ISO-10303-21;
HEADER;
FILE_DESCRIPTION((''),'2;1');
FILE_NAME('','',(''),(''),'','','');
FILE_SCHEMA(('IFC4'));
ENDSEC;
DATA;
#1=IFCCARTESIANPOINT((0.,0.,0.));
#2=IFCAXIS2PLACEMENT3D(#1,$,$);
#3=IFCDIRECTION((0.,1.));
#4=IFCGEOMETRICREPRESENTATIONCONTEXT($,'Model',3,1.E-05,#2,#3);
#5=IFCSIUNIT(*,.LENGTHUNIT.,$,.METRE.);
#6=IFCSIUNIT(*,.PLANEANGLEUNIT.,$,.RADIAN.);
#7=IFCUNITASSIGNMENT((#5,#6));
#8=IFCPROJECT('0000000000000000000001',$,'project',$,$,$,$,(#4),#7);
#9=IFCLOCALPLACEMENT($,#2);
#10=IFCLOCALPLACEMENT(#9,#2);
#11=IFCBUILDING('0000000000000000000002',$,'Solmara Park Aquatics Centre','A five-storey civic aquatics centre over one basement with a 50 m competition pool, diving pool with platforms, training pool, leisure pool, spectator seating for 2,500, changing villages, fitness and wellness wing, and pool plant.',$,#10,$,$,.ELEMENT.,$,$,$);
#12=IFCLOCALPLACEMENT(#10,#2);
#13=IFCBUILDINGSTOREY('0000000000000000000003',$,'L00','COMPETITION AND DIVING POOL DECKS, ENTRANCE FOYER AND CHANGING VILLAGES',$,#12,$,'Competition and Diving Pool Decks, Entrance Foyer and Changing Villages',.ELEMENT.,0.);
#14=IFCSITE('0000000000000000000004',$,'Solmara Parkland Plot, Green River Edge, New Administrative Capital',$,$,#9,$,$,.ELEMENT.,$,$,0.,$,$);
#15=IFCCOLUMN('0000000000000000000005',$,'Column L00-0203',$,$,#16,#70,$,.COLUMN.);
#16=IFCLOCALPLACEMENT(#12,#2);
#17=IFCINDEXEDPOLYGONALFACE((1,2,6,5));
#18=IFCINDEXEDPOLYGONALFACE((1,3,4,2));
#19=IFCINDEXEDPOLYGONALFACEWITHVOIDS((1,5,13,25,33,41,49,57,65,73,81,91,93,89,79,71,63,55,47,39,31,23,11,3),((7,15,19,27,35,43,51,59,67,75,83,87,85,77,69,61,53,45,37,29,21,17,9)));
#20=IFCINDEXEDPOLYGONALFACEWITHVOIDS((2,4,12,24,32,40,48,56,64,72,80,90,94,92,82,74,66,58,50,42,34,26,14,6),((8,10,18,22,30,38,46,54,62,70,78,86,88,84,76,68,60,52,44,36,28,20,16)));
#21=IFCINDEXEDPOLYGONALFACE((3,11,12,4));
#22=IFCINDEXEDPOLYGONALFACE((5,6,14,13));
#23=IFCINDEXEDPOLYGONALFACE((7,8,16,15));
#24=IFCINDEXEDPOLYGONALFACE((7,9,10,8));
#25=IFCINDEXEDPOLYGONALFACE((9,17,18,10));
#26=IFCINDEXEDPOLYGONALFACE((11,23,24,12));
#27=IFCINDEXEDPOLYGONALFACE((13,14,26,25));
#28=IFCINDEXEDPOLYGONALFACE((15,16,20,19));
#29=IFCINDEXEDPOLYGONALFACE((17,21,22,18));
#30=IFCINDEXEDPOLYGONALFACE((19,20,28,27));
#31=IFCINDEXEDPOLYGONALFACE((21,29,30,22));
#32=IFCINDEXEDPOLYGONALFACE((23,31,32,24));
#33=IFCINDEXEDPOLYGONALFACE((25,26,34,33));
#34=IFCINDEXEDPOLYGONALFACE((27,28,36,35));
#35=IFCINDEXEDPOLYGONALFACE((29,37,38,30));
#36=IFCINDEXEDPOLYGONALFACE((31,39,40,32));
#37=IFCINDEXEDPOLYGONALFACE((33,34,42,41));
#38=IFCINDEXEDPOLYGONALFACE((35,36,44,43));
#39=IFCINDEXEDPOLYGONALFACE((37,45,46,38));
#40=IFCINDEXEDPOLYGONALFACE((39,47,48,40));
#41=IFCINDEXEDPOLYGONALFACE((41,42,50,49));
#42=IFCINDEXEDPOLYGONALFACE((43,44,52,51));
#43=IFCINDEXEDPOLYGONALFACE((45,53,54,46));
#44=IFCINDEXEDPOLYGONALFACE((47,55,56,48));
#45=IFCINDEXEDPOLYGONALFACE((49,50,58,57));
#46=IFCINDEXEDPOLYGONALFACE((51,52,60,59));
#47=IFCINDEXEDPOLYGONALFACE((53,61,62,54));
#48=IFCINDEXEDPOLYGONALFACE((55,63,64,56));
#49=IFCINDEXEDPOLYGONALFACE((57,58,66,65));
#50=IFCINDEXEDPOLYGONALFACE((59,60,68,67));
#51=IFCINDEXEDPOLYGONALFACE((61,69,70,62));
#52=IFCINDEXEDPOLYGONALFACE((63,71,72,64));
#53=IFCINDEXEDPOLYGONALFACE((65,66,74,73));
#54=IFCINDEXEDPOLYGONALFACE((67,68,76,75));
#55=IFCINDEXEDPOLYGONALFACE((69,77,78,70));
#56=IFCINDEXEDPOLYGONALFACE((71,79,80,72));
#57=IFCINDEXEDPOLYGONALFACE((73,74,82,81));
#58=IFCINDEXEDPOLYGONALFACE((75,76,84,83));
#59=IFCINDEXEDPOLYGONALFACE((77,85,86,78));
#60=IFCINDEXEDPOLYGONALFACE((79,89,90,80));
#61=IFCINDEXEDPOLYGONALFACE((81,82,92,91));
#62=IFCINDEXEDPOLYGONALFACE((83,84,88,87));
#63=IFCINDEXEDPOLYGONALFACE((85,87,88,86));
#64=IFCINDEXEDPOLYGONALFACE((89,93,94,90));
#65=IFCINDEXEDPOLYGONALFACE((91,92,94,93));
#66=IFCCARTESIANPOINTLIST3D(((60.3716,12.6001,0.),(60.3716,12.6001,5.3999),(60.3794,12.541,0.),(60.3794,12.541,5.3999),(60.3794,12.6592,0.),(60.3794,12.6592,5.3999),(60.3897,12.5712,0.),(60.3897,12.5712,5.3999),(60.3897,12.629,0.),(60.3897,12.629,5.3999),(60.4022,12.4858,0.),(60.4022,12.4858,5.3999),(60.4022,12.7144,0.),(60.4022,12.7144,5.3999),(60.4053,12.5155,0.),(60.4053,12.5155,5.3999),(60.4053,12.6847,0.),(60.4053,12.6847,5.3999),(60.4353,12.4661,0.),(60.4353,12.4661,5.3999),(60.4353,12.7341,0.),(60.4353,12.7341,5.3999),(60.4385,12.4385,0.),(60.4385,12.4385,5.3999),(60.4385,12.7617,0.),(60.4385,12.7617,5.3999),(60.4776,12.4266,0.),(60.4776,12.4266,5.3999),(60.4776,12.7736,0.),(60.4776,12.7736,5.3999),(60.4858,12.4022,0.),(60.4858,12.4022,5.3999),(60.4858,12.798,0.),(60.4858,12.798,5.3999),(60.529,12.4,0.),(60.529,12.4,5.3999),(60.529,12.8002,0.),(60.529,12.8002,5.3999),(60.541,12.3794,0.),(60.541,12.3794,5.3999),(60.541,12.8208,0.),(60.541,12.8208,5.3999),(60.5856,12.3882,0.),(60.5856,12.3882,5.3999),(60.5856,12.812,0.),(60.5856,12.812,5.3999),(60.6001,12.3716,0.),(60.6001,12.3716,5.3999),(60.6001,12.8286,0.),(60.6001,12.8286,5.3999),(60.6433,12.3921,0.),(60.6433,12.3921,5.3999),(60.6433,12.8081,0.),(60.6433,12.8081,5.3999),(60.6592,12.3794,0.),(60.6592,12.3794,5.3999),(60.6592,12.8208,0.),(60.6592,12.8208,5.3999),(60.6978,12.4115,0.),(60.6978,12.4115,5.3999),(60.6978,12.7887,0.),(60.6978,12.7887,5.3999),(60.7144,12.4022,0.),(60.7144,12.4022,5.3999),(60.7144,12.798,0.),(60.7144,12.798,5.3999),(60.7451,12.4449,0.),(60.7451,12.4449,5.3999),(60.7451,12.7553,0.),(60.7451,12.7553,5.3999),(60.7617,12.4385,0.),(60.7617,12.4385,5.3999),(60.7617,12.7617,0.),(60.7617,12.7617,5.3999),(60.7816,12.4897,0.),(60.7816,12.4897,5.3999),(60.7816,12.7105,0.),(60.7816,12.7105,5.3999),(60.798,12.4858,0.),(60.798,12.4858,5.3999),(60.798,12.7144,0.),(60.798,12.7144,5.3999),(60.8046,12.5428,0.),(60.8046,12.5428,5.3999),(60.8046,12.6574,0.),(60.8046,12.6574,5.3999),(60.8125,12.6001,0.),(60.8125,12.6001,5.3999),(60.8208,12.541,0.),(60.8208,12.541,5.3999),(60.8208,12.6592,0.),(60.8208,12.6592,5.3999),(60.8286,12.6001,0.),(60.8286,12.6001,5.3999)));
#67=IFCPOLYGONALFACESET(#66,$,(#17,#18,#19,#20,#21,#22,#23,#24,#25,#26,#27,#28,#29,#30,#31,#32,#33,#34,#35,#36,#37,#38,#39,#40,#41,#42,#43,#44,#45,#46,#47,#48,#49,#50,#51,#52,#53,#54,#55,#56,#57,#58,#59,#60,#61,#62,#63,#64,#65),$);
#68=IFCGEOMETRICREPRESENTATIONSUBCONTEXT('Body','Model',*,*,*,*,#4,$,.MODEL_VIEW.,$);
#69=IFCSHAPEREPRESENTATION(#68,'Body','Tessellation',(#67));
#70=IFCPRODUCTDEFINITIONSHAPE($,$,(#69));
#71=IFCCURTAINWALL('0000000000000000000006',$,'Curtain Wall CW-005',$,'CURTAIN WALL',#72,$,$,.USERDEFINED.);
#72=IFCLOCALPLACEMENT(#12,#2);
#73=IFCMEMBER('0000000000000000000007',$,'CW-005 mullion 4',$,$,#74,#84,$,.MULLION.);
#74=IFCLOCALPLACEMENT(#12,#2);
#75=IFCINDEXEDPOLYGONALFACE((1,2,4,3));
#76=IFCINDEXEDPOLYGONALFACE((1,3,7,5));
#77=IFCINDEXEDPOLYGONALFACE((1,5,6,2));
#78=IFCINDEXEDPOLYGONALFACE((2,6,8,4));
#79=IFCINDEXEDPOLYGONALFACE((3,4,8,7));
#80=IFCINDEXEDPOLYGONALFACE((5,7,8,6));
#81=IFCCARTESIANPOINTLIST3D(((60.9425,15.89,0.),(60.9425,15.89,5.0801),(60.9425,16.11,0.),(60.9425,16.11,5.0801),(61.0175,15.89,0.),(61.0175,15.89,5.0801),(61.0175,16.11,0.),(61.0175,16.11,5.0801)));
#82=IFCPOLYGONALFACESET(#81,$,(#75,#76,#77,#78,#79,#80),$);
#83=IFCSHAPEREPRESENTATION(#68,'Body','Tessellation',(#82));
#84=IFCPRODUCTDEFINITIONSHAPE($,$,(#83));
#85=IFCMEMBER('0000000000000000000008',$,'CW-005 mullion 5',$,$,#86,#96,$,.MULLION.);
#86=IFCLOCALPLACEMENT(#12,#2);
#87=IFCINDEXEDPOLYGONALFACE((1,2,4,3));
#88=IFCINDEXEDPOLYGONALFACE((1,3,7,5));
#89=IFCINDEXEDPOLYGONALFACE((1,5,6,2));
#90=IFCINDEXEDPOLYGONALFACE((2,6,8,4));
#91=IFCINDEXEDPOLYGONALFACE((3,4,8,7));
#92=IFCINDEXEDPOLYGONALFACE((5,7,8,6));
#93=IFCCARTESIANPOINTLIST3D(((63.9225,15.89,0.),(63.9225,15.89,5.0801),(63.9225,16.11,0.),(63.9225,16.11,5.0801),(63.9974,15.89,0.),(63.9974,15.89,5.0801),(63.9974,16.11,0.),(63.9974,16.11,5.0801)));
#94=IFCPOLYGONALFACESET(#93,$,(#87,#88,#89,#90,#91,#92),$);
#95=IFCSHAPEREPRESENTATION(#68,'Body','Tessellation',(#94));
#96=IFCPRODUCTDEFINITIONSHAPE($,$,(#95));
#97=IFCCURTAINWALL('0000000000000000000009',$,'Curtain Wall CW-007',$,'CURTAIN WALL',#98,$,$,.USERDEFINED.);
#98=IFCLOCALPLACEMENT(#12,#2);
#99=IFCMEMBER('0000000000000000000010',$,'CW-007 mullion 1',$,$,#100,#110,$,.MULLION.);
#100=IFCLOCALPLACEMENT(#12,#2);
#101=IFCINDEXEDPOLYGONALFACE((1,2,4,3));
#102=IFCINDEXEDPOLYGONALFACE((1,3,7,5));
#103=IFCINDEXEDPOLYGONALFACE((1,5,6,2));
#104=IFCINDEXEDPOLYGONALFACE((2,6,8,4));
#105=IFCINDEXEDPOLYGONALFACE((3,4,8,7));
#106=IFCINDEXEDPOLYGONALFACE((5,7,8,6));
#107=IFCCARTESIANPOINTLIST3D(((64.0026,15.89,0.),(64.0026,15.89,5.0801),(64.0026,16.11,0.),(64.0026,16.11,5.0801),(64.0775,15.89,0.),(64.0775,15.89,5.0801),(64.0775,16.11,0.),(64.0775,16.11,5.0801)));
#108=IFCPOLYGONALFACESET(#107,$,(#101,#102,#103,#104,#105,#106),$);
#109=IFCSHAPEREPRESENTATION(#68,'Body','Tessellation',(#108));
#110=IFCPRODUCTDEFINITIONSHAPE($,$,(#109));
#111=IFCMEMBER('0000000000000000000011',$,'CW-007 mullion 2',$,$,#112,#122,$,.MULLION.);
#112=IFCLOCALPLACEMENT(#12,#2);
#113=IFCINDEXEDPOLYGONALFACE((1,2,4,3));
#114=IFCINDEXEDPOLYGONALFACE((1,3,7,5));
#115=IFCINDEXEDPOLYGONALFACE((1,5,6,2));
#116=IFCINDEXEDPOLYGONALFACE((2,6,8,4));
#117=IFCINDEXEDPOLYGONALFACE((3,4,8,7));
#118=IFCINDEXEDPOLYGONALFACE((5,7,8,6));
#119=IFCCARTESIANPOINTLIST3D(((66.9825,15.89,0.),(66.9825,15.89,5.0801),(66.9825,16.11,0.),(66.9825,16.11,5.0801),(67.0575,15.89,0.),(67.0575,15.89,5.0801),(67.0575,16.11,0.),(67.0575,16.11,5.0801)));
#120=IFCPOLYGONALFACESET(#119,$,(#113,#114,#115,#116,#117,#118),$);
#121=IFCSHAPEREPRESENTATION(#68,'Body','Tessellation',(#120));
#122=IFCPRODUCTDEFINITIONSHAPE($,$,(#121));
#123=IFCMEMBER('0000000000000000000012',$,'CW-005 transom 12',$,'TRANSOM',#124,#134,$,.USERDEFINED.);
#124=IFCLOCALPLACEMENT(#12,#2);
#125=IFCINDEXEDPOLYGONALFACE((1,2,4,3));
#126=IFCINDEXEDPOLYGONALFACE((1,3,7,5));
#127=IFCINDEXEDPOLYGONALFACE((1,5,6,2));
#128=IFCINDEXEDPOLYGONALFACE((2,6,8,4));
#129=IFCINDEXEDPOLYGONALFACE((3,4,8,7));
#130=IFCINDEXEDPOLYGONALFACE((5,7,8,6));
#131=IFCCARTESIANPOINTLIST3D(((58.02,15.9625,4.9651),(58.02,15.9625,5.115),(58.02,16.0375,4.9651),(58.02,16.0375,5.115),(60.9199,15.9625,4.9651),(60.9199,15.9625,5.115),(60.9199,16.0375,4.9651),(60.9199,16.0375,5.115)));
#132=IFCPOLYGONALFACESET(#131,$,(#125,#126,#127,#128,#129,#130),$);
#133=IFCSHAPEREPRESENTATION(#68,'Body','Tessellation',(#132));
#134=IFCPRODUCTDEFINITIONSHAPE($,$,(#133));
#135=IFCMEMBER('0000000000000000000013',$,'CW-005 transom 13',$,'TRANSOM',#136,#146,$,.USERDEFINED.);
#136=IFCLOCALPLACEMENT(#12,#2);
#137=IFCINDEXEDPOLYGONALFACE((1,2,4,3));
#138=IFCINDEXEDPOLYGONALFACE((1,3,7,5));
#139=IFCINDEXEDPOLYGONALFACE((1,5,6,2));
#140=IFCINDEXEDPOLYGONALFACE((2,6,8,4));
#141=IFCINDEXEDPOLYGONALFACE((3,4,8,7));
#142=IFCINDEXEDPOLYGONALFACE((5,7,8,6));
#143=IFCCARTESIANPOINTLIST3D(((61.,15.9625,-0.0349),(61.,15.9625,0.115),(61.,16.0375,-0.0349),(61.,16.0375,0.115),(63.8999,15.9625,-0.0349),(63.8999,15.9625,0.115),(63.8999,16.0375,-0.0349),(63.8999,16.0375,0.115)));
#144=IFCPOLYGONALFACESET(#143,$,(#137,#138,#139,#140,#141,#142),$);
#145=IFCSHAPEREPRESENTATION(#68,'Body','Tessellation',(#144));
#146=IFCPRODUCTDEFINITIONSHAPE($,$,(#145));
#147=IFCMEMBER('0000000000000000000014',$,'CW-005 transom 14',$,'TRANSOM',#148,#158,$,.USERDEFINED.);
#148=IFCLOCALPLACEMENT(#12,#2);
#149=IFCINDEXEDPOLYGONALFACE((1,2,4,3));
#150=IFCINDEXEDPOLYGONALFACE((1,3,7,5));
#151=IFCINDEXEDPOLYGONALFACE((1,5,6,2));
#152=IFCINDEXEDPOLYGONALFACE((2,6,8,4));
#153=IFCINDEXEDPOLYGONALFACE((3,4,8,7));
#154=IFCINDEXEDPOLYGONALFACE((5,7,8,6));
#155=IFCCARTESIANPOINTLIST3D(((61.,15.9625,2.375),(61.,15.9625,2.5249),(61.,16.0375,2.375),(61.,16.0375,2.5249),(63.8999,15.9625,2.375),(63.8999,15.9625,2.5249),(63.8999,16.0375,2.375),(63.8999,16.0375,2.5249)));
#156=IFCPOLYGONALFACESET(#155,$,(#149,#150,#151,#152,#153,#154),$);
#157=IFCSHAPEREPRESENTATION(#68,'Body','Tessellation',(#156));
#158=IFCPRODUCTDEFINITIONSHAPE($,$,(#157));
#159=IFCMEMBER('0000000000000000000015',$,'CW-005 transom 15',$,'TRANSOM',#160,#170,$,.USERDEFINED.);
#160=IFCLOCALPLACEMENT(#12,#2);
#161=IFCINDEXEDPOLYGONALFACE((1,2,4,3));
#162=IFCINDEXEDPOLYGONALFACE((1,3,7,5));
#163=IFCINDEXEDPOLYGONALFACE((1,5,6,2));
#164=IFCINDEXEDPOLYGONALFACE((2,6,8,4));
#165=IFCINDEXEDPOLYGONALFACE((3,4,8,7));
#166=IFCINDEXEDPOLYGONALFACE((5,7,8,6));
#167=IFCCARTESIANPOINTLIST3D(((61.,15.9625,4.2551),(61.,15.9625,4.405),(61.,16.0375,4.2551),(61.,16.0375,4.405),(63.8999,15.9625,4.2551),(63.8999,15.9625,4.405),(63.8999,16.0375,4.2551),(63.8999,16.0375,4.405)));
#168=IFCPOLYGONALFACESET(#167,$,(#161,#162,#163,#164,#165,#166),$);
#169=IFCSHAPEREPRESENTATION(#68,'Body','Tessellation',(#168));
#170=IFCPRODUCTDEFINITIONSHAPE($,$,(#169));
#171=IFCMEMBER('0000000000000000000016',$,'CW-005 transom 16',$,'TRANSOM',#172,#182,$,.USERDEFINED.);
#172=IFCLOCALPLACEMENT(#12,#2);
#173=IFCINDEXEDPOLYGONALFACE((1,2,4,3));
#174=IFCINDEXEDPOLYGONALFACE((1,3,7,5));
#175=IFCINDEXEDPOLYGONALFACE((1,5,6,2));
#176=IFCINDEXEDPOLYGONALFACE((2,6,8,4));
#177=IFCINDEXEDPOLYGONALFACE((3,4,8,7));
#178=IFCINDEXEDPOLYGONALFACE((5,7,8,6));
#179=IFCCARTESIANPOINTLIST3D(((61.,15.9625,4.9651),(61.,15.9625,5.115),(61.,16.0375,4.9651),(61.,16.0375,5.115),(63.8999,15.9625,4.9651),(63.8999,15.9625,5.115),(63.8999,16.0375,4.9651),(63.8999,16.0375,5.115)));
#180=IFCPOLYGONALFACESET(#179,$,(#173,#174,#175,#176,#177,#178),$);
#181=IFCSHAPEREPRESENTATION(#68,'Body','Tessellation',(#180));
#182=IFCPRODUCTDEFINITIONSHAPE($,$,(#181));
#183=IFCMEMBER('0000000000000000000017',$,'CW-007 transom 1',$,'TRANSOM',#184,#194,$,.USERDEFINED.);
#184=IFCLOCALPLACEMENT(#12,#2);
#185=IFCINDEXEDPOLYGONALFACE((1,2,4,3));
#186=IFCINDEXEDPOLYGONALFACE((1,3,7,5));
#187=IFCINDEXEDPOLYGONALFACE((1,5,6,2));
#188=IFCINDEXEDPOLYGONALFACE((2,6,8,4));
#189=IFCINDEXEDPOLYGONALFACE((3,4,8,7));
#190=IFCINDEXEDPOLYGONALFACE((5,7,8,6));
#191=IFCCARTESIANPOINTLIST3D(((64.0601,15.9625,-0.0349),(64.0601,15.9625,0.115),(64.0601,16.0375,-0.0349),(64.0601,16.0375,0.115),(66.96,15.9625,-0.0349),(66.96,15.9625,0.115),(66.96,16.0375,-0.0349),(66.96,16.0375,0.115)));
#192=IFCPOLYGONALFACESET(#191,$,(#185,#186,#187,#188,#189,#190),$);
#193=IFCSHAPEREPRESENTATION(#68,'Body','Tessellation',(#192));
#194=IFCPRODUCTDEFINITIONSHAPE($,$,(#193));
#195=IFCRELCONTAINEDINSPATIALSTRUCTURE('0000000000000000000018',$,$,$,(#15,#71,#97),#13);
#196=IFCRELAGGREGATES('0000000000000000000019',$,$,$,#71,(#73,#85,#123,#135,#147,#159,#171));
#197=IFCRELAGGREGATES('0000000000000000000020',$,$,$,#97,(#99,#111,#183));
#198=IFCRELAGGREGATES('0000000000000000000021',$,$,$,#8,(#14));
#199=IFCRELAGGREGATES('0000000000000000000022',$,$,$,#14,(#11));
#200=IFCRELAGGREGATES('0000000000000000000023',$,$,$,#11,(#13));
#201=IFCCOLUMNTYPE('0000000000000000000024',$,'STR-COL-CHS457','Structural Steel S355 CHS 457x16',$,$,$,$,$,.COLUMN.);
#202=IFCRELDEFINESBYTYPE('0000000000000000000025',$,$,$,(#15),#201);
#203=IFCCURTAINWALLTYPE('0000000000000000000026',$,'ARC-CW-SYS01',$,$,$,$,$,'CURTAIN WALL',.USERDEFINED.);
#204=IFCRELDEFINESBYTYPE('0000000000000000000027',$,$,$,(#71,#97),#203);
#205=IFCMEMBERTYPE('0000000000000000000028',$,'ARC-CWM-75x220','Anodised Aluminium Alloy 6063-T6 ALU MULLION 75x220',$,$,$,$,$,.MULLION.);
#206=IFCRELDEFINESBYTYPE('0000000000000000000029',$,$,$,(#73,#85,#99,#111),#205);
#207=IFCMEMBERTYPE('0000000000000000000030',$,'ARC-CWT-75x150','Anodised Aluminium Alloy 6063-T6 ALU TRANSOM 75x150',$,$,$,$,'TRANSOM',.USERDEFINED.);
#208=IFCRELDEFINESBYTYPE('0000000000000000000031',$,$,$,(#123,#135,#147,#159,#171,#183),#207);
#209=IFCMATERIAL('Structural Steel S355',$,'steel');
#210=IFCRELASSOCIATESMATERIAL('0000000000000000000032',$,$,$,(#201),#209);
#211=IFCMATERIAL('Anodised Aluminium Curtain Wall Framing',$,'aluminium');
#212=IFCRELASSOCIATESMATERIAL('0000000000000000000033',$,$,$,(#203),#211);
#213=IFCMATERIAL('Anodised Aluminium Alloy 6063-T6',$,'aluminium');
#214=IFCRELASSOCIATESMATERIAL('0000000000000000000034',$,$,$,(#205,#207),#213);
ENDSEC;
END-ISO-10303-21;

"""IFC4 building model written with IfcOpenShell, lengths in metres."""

from ifc_helpers import new_model, si_unit, direction, frame, origin, origin_2d, place, context, subcontext, project, spatial, rectangle, hollow_circle, extrude, material, material_profile, profile_set, type_object, element, aggregate, save


model = new_model("IFC4")

# Units and contexts
model_context = context("Model", 3, precision=1e-05, world=origin(), true_north=direction((0.0, 1.0)))
body_context = subcontext(model_context, "Body", "Model", "MODEL_VIEW")
ifc_project = project(units=[si_unit("LENGTHUNIT", "METRE"), si_unit("PLANEANGLEUNIT", "RADIAN")], contexts=[model_context])

# Site, building, storey
site_placement = place(None, origin())
site = spatial("IfcSite", under=ifc_project, at=site_placement, Name="Solmara Parkland Plot, Green River Edge, New Administrative Capital", CompositionType="ELEMENT", RefElevation=0.0)
building_placement = place(site_placement, origin())
building = spatial("IfcBuilding", under=site, at=building_placement, Name="Solmara Park Aquatics Centre", Description="A five-storey civic aquatics centre over one basement with a 50 m competition pool, diving pool with platforms, training pool, leisure pool, spectator seating for 2,500, changing villages, fitness and wellness wing, and pool plant.", CompositionType="ELEMENT")
storey_placement = place(building_placement, origin())
storey = spatial("IfcBuildingStorey", under=building, at=storey_placement, Name="L00", Description="COMPETITION AND DIVING POOL DECKS, ENTRANCE FOYER AND CHANGING VILLAGES", LongName="Competition and Diving Pool Decks, Entrance Foyer and Changing Villages", CompositionType="ELEMENT", Elevation=0.0)

# Column
ifc_material_1 = material(Name="Structural Steel S355", Category="steel")
ifc_material_profile_1 = material_profile(ifc_material_1, hollow_circle(Radius=0.2285, WallThickness=0.0161, at=origin_2d()), Name="CHS 457x16")
ifc_profile_set_1 = profile_set([ifc_material_profile_1], Name="Structural Steel S355")
column_type = type_object("IfcColumnType", Name="STR-COL-CHS457", Description="Structural Steel S355 CHS 457x16", PredefinedType="COLUMN", material=ifc_profile_set_1)
column_placement = place(storey_placement, frame((60.6001, 12.6001, 0.0), z_axis=(0.0, 0.0, 1.0), x_axis=(1.0, 0.0, 0.0)))
element("IfcColumn", 1, at=column_placement, inside=storey, type_object=column_type, Name="Column L00-0203", PredefinedType="COLUMN", context=body_context, shape_type="SweptSolid", body=[
    extrude(hollow_circle(Radius=0.2285, WallThickness=0.0161, at=origin_2d()), origin(), (0.0, 0.0, 1.0), 5.3999),
])

# Curtain walls, members
ifc_material_2 = material(Name="Anodised Aluminium Curtain Wall Framing", Category="aluminium")
curtain_wall_type = type_object("IfcCurtainWallType", Name="ARC-CW-SYS01", ElementType="CURTAIN WALL", PredefinedType="USERDEFINED", material=ifc_material_2)
curtain_wall_1_placement = place(storey_placement, origin())
curtain_wall_1 = element("IfcCurtainWall", 2, at=curtain_wall_1_placement, inside=storey, type_object=curtain_wall_type, Name="Curtain Wall CW-005", ObjectType="CURTAIN WALL", PredefinedType="USERDEFINED")
ifc_material_3 = material(Name="Anodised Aluminium Alloy 6063-T6", Category="aluminium")
ifc_material_profile_2 = material_profile(ifc_material_3, rectangle(XDim=0.075, YDim=0.22, at=origin_2d()), Name="ALU MULLION 75x220")
ifc_profile_set_2 = profile_set([ifc_material_profile_2], Name="Anodised Aluminium Alloy 6063-T6")
member_type_1 = type_object("IfcMemberType", Name="ARC-CWM-75x220", Description="Anodised Aluminium Alloy 6063-T6 ALU MULLION 75x220", PredefinedType="MULLION", material=ifc_profile_set_2)
member_1_placement = place(storey_placement, frame((60.98, 16.0, 0.0), z_axis=(0.0, 0.0, 1.0), x_axis=(1.0, 0.0, 0.0)))
member_1 = element("IfcMember", 3, at=member_1_placement, type_object=member_type_1, Name="CW-005 mullion 4", PredefinedType="MULLION", context=body_context, shape_type="SweptSolid", body=[
    extrude(rectangle(XDim=0.075, YDim=0.22, at=origin_2d()), origin(), (0.0, 0.0, 1.0), 5.0801),
])
member_2_placement = place(storey_placement, frame((63.96, 16.0, 0.0), z_axis=(0.0, 0.0, 1.0), x_axis=(1.0, 0.0, 0.0)))
member_2 = element("IfcMember", 4, at=member_2_placement, type_object=member_type_1, Name="CW-005 mullion 5", PredefinedType="MULLION", context=body_context, shape_type="SweptSolid", body=[
    extrude(rectangle(XDim=0.075, YDim=0.22, at=origin_2d()), origin(), (0.0, 0.0, 1.0), 5.0801),
])
curtain_wall_2_placement = place(storey_placement, origin())
curtain_wall_2 = element("IfcCurtainWall", 5, at=curtain_wall_2_placement, inside=storey, type_object=curtain_wall_type, Name="Curtain Wall CW-007", ObjectType="CURTAIN WALL", PredefinedType="USERDEFINED")
member_3_placement = place(storey_placement, frame((64.04, 16.0, 0.0), z_axis=(0.0, 0.0, 1.0), x_axis=(1.0, 0.0, 0.0)))
member_3 = element("IfcMember", 6, at=member_3_placement, type_object=member_type_1, Name="CW-007 mullion 1", PredefinedType="MULLION", context=body_context, shape_type="SweptSolid", body=[
    extrude(rectangle(XDim=0.075, YDim=0.22, at=origin_2d()), origin(), (0.0, 0.0, 1.0), 5.0801),
])
member_4_placement = place(storey_placement, frame((67.02, 16.0, 0.0), z_axis=(0.0, 0.0, 1.0), x_axis=(1.0, 0.0, 0.0)))
member_4 = element("IfcMember", 7, at=member_4_placement, type_object=member_type_1, Name="CW-007 mullion 2", PredefinedType="MULLION", context=body_context, shape_type="SweptSolid", body=[
    extrude(rectangle(XDim=0.075, YDim=0.22, at=origin_2d()), origin(), (0.0, 0.0, 1.0), 5.0801),
])

# Members
ifc_material_profile_3 = material_profile(ifc_material_3, rectangle(XDim=0.075, YDim=0.1499, at=origin_2d()), Name="ALU TRANSOM 75x150")
ifc_profile_set_3 = profile_set([ifc_material_profile_3], Name="Anodised Aluminium Alloy 6063-T6")
member_type_2 = type_object("IfcMemberType", Name="ARC-CWT-75x150", Description="Anodised Aluminium Alloy 6063-T6 ALU TRANSOM 75x150", ElementType="TRANSOM", PredefinedType="USERDEFINED", material=ifc_profile_set_3)
member_5_placement = place(storey_placement, frame((58.02, 16.0, 5.04), z_axis=(1.0, 0.0, 0.0), x_axis=(0.0, 1.0, 0.0)))
member_5 = element("IfcMember", 8, at=member_5_placement, type_object=member_type_2, Name="CW-005 transom 12", ObjectType="TRANSOM", PredefinedType="USERDEFINED", context=body_context, shape_type="SweptSolid", body=[
    extrude(rectangle(XDim=0.075, YDim=0.1499, at=origin_2d()), origin(), (0.0, 0.0, 1.0), 2.8999),
])
member_6_placement = place(storey_placement, frame((61.0, 16.0, 0.04), z_axis=(1.0, 0.0, 0.0), x_axis=(0.0, 1.0, 0.0)))
member_6 = element("IfcMember", 9, at=member_6_placement, type_object=member_type_2, Name="CW-005 transom 13", ObjectType="TRANSOM", PredefinedType="USERDEFINED", context=body_context, shape_type="SweptSolid", body=[
    extrude(rectangle(XDim=0.075, YDim=0.1499, at=origin_2d()), origin(), (0.0, 0.0, 1.0), 2.8999),
])
member_7_placement = place(storey_placement, frame((61.0, 16.0, 2.45), z_axis=(1.0, 0.0, 0.0), x_axis=(0.0, 1.0, 0.0)))
member_7 = element("IfcMember", 10, at=member_7_placement, type_object=member_type_2, Name="CW-005 transom 14", ObjectType="TRANSOM", PredefinedType="USERDEFINED", context=body_context, shape_type="SweptSolid", body=[
    extrude(rectangle(XDim=0.075, YDim=0.1499, at=origin_2d()), origin(), (0.0, 0.0, 1.0), 2.8999),
])
member_8_placement = place(storey_placement, frame((61.0, 16.0, 4.3301), z_axis=(1.0, 0.0, 0.0), x_axis=(0.0, 1.0, 0.0)))
member_8 = element("IfcMember", 11, at=member_8_placement, type_object=member_type_2, Name="CW-005 transom 15", ObjectType="TRANSOM", PredefinedType="USERDEFINED", context=body_context, shape_type="SweptSolid", body=[
    extrude(rectangle(XDim=0.075, YDim=0.1499, at=origin_2d()), origin(), (0.0, 0.0, 1.0), 2.8999),
])
member_9_placement = place(storey_placement, frame((61.0, 16.0, 5.04), z_axis=(1.0, 0.0, 0.0), x_axis=(0.0, 1.0, 0.0)))
member_9 = element("IfcMember", 12, at=member_9_placement, type_object=member_type_2, Name="CW-005 transom 16", ObjectType="TRANSOM", PredefinedType="USERDEFINED", context=body_context, shape_type="SweptSolid", body=[
    extrude(rectangle(XDim=0.075, YDim=0.1499, at=origin_2d()), origin(), (0.0, 0.0, 1.0), 2.8999),
])
member_10_placement = place(storey_placement, frame((64.0601, 16.0, 0.04), z_axis=(1.0, 0.0, 0.0), x_axis=(0.0, 1.0, 0.0)))
member_10 = element("IfcMember", 13, at=member_10_placement, type_object=member_type_2, Name="CW-007 transom 1", ObjectType="TRANSOM", PredefinedType="USERDEFINED", context=body_context, shape_type="SweptSolid", body=[
    extrude(rectangle(XDim=0.075, YDim=0.1499, at=origin_2d()), origin(), (0.0, 0.0, 1.0), 2.8999),
])

aggregate(curtain_wall_1, [member_1, member_2, member_5, member_6, member_7, member_8, member_9])
aggregate(curtain_wall_2, [member_3, member_4, member_10])

save(model, "model.ifc")
